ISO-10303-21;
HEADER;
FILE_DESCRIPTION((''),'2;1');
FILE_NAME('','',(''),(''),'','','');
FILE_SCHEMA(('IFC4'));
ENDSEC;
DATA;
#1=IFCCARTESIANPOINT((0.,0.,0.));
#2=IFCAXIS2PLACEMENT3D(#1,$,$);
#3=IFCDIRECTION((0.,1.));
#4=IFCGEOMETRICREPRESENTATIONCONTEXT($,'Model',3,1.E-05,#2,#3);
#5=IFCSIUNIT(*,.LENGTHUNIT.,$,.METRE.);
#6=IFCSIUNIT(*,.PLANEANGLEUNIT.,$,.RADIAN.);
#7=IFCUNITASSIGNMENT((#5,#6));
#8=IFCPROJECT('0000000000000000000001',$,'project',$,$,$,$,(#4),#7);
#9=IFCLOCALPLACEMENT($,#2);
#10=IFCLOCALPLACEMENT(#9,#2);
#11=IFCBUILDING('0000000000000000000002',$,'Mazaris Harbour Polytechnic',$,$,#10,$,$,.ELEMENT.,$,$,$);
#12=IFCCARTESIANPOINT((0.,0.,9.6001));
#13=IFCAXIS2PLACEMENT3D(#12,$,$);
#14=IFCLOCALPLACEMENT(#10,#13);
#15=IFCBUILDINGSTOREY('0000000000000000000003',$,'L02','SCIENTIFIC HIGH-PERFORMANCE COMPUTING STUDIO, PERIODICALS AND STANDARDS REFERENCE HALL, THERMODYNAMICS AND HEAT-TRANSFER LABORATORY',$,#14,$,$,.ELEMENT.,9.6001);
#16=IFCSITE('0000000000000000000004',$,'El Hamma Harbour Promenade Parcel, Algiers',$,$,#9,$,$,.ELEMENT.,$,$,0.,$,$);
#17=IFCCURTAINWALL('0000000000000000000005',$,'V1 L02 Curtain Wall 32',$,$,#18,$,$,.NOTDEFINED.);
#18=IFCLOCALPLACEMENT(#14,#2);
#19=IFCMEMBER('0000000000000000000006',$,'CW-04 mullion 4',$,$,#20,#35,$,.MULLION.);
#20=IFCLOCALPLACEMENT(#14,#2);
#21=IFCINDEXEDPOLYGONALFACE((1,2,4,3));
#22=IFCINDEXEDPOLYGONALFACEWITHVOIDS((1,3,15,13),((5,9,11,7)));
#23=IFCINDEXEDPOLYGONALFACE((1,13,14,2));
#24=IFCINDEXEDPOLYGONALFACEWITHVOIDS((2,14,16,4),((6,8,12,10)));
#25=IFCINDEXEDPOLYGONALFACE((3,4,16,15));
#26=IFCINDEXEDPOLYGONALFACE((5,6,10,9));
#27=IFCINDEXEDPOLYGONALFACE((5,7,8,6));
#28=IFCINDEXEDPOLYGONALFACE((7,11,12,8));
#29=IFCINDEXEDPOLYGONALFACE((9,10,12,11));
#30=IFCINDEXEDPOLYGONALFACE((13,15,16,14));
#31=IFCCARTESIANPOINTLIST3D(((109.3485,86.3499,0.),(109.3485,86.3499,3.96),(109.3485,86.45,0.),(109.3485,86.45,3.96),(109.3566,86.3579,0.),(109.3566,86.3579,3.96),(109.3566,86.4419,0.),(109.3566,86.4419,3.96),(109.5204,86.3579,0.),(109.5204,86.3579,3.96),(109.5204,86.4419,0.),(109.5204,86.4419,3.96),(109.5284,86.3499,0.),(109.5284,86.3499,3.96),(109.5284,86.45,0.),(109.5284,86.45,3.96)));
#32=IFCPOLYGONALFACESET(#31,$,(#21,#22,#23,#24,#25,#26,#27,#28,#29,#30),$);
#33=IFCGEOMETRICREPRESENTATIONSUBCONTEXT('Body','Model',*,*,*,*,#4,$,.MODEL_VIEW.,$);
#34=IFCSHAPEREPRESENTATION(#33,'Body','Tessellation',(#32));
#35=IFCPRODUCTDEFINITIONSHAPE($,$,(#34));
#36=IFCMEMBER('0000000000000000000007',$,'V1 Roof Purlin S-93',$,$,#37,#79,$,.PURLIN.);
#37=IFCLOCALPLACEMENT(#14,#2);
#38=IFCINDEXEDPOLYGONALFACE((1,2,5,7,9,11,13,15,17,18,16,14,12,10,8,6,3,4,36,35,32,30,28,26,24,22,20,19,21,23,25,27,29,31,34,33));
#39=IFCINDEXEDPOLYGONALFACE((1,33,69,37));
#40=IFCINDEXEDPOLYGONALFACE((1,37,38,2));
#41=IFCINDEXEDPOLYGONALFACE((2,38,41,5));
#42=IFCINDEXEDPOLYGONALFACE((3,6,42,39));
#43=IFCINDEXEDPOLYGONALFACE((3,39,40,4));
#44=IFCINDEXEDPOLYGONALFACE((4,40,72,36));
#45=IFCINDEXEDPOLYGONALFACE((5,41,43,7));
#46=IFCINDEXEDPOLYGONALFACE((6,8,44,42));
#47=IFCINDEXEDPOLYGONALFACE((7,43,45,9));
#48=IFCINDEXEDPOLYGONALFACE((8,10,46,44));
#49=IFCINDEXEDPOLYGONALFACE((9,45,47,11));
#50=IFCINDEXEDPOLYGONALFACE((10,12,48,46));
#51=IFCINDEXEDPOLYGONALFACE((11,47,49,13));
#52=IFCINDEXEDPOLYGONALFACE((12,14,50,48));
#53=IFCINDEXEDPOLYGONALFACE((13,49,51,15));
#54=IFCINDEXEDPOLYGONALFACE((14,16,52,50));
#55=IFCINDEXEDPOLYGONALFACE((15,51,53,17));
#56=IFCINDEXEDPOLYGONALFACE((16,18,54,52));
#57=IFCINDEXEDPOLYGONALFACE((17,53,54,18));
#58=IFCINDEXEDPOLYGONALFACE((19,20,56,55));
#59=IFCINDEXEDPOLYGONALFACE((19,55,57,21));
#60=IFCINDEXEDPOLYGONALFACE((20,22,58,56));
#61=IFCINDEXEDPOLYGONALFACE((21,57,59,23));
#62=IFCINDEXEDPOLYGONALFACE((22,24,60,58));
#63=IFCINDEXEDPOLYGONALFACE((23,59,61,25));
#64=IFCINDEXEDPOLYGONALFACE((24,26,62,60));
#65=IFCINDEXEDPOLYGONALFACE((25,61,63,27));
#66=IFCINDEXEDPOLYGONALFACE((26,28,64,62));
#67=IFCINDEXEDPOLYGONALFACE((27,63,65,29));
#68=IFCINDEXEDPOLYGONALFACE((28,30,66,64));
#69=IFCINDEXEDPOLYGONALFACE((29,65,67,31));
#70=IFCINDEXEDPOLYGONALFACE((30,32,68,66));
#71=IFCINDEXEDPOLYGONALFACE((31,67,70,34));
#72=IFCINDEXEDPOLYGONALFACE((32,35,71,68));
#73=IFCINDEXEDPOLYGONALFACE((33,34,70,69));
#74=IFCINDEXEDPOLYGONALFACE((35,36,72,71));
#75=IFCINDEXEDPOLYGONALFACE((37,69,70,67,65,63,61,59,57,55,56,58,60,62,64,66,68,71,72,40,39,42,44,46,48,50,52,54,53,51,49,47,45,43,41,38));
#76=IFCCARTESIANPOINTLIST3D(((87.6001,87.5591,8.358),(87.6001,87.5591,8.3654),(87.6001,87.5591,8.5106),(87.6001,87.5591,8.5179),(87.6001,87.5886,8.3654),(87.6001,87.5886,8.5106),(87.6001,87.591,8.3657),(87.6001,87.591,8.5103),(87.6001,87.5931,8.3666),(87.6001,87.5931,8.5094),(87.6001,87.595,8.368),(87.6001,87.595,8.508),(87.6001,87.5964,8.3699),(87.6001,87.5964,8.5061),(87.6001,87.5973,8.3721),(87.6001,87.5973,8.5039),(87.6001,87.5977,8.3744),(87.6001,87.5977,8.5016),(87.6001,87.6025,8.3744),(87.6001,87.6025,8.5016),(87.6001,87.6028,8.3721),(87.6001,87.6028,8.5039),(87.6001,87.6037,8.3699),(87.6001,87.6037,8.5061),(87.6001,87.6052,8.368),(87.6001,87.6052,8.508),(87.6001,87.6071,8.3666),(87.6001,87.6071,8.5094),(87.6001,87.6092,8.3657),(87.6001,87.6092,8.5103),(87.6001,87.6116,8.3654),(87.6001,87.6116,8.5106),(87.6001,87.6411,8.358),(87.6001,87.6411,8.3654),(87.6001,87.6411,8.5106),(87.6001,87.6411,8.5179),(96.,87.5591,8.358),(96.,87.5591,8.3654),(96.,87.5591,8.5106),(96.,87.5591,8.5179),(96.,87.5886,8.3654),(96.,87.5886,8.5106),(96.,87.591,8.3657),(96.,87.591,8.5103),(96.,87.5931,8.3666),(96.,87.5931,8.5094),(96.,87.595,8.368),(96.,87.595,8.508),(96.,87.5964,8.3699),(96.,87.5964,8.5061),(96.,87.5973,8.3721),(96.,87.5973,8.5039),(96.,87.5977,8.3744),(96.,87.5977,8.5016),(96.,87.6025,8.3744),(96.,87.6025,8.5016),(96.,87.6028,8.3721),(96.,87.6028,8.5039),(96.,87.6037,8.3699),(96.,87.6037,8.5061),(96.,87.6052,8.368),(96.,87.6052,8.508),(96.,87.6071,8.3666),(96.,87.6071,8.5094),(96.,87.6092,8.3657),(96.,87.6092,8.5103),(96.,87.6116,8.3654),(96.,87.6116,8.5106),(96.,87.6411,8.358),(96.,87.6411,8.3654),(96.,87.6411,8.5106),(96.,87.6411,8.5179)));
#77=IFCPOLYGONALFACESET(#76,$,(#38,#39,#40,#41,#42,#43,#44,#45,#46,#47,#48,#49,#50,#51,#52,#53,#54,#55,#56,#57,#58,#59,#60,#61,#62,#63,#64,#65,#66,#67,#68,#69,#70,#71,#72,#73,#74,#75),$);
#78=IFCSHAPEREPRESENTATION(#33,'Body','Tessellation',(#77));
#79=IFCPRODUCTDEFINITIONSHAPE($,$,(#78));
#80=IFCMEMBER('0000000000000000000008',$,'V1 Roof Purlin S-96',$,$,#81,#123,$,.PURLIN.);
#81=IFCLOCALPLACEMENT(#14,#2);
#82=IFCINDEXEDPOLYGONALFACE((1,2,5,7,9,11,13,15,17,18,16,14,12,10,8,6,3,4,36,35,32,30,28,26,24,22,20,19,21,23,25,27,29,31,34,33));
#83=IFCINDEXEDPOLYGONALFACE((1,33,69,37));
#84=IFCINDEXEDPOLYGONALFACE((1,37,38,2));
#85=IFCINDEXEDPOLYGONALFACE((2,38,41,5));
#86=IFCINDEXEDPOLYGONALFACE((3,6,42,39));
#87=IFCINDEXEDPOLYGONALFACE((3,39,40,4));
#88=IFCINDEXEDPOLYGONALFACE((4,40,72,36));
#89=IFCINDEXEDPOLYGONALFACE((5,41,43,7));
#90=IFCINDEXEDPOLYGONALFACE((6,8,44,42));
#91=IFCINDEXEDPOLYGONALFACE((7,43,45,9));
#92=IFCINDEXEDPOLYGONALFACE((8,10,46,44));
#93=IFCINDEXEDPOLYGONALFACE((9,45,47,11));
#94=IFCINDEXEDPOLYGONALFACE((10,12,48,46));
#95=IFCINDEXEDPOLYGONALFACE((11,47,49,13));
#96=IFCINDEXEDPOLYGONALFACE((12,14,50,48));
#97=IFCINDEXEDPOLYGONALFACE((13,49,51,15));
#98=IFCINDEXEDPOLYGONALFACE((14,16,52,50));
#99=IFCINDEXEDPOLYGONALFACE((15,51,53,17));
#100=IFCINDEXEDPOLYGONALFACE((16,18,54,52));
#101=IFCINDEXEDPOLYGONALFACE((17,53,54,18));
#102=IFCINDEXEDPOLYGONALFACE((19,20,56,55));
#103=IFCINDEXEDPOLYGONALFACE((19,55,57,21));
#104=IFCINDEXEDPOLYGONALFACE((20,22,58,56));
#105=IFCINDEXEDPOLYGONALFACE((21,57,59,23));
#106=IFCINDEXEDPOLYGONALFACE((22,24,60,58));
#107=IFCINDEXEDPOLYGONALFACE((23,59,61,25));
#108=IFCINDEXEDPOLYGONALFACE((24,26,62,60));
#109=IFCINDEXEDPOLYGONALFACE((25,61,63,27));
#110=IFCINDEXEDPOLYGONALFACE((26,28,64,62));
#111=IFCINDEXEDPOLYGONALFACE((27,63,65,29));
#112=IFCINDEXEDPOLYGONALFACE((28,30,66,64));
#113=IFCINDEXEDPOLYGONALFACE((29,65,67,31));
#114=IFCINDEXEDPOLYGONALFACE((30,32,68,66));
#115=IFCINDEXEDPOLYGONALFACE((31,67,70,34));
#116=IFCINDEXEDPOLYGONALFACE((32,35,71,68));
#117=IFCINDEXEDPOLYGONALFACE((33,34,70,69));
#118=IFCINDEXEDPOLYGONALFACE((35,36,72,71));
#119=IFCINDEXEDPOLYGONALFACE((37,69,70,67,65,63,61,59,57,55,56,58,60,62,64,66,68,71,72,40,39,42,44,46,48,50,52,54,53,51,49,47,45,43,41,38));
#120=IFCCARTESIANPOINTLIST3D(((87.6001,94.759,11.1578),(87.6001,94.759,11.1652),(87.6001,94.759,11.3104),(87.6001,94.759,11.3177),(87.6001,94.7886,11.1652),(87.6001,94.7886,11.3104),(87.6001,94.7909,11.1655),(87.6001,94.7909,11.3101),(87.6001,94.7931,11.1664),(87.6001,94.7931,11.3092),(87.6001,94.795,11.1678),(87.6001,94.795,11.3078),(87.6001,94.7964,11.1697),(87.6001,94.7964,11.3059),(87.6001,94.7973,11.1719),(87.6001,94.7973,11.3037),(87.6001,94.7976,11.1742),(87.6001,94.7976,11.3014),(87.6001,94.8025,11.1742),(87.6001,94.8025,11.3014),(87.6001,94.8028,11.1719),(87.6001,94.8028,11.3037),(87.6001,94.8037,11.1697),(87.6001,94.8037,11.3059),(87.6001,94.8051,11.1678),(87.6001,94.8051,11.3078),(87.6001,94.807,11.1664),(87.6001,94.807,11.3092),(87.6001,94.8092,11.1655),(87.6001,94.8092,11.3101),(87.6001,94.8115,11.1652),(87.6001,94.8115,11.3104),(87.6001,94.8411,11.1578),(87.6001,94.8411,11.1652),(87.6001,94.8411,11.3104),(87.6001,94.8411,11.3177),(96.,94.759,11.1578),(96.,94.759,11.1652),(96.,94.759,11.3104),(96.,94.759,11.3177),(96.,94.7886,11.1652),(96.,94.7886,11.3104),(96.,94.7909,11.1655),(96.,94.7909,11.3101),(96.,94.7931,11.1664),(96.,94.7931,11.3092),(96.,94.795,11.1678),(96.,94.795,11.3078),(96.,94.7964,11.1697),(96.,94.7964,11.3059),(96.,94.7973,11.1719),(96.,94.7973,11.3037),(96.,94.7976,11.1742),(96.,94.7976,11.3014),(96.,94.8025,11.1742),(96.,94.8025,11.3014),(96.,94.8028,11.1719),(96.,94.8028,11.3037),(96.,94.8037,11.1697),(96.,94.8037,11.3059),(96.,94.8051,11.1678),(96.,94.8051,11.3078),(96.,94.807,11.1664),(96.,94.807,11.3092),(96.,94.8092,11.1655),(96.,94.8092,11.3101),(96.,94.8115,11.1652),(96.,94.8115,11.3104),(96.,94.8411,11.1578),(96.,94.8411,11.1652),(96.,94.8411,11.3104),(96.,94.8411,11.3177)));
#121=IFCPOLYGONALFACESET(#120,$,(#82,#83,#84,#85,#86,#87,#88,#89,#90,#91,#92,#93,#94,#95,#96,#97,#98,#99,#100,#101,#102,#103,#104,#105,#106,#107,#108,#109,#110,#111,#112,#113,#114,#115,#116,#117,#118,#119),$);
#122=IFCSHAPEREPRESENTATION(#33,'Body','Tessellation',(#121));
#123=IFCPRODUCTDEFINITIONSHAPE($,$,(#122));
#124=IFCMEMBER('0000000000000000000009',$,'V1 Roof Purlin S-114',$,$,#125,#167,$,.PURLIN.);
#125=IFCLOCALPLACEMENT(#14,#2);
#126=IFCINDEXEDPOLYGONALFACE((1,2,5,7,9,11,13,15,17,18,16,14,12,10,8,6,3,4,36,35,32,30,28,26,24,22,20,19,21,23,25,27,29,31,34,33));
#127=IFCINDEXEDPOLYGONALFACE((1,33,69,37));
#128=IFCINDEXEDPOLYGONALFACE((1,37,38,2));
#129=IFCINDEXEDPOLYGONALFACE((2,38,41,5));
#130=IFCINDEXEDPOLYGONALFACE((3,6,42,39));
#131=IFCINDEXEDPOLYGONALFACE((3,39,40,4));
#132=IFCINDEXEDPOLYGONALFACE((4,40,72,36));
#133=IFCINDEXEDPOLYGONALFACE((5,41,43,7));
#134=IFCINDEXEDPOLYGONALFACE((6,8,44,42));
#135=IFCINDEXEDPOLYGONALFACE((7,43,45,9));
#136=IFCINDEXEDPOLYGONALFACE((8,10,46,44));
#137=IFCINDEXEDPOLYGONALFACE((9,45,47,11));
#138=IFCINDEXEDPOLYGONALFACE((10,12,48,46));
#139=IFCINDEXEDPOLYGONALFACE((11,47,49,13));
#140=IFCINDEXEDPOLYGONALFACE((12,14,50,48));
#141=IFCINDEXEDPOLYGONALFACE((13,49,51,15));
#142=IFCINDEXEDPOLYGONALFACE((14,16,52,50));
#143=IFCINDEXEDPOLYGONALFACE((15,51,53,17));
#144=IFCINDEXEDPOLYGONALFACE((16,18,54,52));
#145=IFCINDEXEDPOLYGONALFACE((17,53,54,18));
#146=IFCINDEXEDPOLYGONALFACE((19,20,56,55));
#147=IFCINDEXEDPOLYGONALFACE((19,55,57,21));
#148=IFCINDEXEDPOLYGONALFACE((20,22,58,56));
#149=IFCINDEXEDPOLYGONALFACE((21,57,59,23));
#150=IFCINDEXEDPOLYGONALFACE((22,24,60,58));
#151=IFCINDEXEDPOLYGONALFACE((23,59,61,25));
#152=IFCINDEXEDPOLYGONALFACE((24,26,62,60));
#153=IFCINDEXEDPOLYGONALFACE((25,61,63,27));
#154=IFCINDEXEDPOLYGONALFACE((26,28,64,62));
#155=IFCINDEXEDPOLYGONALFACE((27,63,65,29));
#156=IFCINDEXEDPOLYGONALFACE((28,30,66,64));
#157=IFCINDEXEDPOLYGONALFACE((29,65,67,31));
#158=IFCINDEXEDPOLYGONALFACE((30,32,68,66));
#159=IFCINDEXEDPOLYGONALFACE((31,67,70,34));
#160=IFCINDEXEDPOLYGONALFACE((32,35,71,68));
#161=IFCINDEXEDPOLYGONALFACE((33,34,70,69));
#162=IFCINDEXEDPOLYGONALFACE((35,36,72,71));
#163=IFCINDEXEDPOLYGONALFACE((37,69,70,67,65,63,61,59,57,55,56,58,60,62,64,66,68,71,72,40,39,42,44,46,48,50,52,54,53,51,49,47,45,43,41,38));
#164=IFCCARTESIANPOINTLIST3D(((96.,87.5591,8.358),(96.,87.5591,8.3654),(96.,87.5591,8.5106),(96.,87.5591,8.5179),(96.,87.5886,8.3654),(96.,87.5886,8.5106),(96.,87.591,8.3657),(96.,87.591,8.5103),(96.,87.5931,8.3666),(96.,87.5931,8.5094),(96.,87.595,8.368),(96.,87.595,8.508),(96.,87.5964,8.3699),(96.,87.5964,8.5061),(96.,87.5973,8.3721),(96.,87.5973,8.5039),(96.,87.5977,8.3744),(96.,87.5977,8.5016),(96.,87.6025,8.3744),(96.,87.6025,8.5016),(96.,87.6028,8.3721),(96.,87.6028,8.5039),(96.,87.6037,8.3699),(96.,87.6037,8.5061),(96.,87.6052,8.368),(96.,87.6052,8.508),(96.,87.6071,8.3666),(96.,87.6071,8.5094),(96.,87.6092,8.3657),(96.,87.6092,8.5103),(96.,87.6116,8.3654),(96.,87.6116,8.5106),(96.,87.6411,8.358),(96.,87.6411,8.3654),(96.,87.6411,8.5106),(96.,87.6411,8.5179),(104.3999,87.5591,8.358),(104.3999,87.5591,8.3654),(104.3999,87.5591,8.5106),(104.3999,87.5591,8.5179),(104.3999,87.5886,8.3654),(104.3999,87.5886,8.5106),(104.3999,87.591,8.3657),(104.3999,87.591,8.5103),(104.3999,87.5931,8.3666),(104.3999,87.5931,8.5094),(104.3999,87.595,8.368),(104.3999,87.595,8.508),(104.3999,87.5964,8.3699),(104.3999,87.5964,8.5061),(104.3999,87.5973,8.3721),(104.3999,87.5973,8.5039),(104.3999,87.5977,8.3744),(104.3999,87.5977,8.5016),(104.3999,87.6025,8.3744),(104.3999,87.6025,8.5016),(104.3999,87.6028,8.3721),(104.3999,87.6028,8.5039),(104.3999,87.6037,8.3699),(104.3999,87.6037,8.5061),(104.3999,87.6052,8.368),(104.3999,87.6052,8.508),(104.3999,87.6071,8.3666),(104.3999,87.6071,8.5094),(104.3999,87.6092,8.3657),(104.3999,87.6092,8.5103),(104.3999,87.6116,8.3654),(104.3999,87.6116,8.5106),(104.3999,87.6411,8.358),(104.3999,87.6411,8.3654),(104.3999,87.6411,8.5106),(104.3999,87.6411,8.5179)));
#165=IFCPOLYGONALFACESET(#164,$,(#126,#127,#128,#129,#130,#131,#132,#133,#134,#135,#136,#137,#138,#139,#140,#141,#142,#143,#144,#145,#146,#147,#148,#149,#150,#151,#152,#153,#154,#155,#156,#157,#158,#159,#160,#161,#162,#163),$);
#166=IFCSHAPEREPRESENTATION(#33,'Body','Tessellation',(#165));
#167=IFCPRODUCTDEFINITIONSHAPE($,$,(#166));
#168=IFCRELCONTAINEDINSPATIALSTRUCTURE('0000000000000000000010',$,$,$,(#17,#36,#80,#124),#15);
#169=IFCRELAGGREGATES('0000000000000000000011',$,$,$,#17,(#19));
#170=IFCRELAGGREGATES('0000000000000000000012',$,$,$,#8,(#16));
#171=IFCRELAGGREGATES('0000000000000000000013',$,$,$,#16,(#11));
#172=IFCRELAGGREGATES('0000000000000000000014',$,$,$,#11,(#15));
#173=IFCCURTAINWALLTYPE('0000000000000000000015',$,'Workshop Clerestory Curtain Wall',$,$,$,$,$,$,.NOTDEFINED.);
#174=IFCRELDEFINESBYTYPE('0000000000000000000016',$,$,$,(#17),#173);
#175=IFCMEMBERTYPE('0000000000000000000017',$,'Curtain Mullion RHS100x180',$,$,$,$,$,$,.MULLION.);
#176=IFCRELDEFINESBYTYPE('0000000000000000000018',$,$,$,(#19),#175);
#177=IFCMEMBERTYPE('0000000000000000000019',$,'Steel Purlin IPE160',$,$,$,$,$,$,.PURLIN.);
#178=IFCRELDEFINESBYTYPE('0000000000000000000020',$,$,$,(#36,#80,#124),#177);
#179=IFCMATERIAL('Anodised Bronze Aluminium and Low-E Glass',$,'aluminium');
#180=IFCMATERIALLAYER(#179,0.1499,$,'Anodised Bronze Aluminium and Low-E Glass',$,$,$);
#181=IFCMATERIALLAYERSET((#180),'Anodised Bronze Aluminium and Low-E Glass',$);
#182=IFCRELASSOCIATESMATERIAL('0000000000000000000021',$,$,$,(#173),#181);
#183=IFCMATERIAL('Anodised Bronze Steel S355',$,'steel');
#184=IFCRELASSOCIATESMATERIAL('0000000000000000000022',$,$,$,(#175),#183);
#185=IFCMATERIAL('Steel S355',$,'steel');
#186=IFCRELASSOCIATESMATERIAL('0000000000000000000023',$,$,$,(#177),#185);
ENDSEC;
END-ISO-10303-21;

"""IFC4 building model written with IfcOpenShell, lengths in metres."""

from ifc_helpers import new_model, si_unit, direction, frame, origin, origin_2d, place, context, subcontext, project, spatial, hollow_rectangle, i_section, extrude, material, layer, layer_set, material_profile, profile_set, type_object, element, aggregate, save


model = new_model("IFC4")

# Units and contexts
model_context = context("Model", 3, precision=1e-05, world=origin(), true_north=direction((0.0, 1.0)))
body_context = subcontext(model_context, "Body", "Model", "MODEL_VIEW")
ifc_project = project(units=[si_unit("LENGTHUNIT", "METRE"), si_unit("PLANEANGLEUNIT", "RADIAN")], contexts=[model_context])

# Site, building, storey
site_placement = place(None, origin())
site = spatial("IfcSite", under=ifc_project, at=site_placement, Name="El Hamma Harbour Promenade Parcel, Algiers", CompositionType="ELEMENT", RefElevation=0.0)
building_placement = place(site_placement, origin())
building = spatial("IfcBuilding", under=site, at=building_placement, Name="Mazaris Harbour Polytechnic", CompositionType="ELEMENT")
storey_placement = place(building_placement, frame((0.0, 0.0, 9.6001)))
storey = spatial("IfcBuildingStorey", under=building, at=storey_placement, Name="L02", Description="SCIENTIFIC HIGH-PERFORMANCE COMPUTING STUDIO, PERIODICALS AND STANDARDS REFERENCE HALL, THERMODYNAMICS AND HEAT-TRANSFER LABORATORY", CompositionType="ELEMENT", Elevation=9.6001)

# Curtain wall, member
ifc_material_1 = material(Name="Anodised Bronze Aluminium and Low-E Glass", Category="aluminium")
ifc_layer_1 = layer(ifc_material_1, 0.1499, Name="Anodised Bronze Aluminium and Low-E Glass")
ifc_layer_set_1 = layer_set([ifc_layer_1], Name="Anodised Bronze Aluminium and Low-E Glass")
curtain_wall_type = type_object("IfcCurtainWallType", Name="Workshop Clerestory Curtain Wall", PredefinedType="NOTDEFINED", material=ifc_layer_set_1)
curtain_wall_placement = place(storey_placement, origin())
curtain_wall = element("IfcCurtainWall", 1, at=curtain_wall_placement, inside=storey, type_object=curtain_wall_type, Name="V1 L02 Curtain Wall 32", PredefinedType="NOTDEFINED")
ifc_material_2 = material(Name="Anodised Bronze Steel S355", Category="steel")
ifc_material_profile_1 = material_profile(ifc_material_2, hollow_rectangle(XDim=0.1001, YDim=0.1799, WallThickness=0.0081, at=origin_2d()), Name="RHS 100x180x8.0")
ifc_profile_set_1 = profile_set([ifc_material_profile_1], Name="Anodised Bronze Steel S355")
member_type_1 = type_object("IfcMemberType", Name="Curtain Mullion RHS100x180", PredefinedType="MULLION", material=ifc_profile_set_1)
member_1_placement = place(storey_placement, frame((109.4385, 86.3999, 0.0), z_axis=(0.0, 0.0, 1.0), x_axis=(0.0, 1.0, 0.0)))
member_1 = element("IfcMember", 2, at=member_1_placement, type_object=member_type_1, Name="CW-04 mullion 4", PredefinedType="MULLION", context=body_context, shape_type="SweptSolid", body=[
    extrude(hollow_rectangle(XDim=0.1001, YDim=0.1799, WallThickness=0.0081, at=origin_2d()), origin(), (0.0, 0.0, 1.0), 3.96),
])

# Members
ifc_material_3 = material(Name="Steel S355", Category="steel")
ifc_material_profile_2 = material_profile(ifc_material_3, i_section(OverallWidth=0.082, OverallDepth=0.1599, WebThickness=0.0049, FlangeThickness=0.0073, FilletRadius=0.009, at=origin_2d()), Name="IPE 160")
ifc_profile_set_2 = profile_set([ifc_material_profile_2], Name="Steel S355")
member_type_2 = type_object("IfcMemberType", Name="Steel Purlin IPE160", PredefinedType="PURLIN", material=ifc_profile_set_2)
for number, where, z_axis, x_axis, name in (
    (3, (87.6001, 87.6001, 8.438), (1.0, 0.0, 0.0), (0.0, 1.0, 0.0), "V1 Roof Purlin S-93"),
    (4, (87.6001, 94.8, 11.2378), (1.0, 0.0, 0.0), (0.0, 1.0, 0.0), "V1 Roof Purlin S-96"),
    (5, (96.0, 87.6001, 8.438), (1.0, 0.0, 0.0), (0.0, 1.0, 0.0), "V1 Roof Purlin S-114"),
):
    element("IfcMember", number, at=place(storey_placement, frame(where, z_axis=z_axis, x_axis=x_axis)), inside=storey, type_object=member_type_2, Name=name, PredefinedType="PURLIN", context=body_context, shape_type="SweptSolid", body=[
        extrude(i_section(OverallWidth=0.082, OverallDepth=0.1599, WebThickness=0.0049, FlangeThickness=0.0073, FilletRadius=0.009, at=origin_2d()), origin(), (0.0, 0.0, 1.0), 8.3999),
    ])

aggregate(curtain_wall, [member_1])

save(model, "model.ifc")
